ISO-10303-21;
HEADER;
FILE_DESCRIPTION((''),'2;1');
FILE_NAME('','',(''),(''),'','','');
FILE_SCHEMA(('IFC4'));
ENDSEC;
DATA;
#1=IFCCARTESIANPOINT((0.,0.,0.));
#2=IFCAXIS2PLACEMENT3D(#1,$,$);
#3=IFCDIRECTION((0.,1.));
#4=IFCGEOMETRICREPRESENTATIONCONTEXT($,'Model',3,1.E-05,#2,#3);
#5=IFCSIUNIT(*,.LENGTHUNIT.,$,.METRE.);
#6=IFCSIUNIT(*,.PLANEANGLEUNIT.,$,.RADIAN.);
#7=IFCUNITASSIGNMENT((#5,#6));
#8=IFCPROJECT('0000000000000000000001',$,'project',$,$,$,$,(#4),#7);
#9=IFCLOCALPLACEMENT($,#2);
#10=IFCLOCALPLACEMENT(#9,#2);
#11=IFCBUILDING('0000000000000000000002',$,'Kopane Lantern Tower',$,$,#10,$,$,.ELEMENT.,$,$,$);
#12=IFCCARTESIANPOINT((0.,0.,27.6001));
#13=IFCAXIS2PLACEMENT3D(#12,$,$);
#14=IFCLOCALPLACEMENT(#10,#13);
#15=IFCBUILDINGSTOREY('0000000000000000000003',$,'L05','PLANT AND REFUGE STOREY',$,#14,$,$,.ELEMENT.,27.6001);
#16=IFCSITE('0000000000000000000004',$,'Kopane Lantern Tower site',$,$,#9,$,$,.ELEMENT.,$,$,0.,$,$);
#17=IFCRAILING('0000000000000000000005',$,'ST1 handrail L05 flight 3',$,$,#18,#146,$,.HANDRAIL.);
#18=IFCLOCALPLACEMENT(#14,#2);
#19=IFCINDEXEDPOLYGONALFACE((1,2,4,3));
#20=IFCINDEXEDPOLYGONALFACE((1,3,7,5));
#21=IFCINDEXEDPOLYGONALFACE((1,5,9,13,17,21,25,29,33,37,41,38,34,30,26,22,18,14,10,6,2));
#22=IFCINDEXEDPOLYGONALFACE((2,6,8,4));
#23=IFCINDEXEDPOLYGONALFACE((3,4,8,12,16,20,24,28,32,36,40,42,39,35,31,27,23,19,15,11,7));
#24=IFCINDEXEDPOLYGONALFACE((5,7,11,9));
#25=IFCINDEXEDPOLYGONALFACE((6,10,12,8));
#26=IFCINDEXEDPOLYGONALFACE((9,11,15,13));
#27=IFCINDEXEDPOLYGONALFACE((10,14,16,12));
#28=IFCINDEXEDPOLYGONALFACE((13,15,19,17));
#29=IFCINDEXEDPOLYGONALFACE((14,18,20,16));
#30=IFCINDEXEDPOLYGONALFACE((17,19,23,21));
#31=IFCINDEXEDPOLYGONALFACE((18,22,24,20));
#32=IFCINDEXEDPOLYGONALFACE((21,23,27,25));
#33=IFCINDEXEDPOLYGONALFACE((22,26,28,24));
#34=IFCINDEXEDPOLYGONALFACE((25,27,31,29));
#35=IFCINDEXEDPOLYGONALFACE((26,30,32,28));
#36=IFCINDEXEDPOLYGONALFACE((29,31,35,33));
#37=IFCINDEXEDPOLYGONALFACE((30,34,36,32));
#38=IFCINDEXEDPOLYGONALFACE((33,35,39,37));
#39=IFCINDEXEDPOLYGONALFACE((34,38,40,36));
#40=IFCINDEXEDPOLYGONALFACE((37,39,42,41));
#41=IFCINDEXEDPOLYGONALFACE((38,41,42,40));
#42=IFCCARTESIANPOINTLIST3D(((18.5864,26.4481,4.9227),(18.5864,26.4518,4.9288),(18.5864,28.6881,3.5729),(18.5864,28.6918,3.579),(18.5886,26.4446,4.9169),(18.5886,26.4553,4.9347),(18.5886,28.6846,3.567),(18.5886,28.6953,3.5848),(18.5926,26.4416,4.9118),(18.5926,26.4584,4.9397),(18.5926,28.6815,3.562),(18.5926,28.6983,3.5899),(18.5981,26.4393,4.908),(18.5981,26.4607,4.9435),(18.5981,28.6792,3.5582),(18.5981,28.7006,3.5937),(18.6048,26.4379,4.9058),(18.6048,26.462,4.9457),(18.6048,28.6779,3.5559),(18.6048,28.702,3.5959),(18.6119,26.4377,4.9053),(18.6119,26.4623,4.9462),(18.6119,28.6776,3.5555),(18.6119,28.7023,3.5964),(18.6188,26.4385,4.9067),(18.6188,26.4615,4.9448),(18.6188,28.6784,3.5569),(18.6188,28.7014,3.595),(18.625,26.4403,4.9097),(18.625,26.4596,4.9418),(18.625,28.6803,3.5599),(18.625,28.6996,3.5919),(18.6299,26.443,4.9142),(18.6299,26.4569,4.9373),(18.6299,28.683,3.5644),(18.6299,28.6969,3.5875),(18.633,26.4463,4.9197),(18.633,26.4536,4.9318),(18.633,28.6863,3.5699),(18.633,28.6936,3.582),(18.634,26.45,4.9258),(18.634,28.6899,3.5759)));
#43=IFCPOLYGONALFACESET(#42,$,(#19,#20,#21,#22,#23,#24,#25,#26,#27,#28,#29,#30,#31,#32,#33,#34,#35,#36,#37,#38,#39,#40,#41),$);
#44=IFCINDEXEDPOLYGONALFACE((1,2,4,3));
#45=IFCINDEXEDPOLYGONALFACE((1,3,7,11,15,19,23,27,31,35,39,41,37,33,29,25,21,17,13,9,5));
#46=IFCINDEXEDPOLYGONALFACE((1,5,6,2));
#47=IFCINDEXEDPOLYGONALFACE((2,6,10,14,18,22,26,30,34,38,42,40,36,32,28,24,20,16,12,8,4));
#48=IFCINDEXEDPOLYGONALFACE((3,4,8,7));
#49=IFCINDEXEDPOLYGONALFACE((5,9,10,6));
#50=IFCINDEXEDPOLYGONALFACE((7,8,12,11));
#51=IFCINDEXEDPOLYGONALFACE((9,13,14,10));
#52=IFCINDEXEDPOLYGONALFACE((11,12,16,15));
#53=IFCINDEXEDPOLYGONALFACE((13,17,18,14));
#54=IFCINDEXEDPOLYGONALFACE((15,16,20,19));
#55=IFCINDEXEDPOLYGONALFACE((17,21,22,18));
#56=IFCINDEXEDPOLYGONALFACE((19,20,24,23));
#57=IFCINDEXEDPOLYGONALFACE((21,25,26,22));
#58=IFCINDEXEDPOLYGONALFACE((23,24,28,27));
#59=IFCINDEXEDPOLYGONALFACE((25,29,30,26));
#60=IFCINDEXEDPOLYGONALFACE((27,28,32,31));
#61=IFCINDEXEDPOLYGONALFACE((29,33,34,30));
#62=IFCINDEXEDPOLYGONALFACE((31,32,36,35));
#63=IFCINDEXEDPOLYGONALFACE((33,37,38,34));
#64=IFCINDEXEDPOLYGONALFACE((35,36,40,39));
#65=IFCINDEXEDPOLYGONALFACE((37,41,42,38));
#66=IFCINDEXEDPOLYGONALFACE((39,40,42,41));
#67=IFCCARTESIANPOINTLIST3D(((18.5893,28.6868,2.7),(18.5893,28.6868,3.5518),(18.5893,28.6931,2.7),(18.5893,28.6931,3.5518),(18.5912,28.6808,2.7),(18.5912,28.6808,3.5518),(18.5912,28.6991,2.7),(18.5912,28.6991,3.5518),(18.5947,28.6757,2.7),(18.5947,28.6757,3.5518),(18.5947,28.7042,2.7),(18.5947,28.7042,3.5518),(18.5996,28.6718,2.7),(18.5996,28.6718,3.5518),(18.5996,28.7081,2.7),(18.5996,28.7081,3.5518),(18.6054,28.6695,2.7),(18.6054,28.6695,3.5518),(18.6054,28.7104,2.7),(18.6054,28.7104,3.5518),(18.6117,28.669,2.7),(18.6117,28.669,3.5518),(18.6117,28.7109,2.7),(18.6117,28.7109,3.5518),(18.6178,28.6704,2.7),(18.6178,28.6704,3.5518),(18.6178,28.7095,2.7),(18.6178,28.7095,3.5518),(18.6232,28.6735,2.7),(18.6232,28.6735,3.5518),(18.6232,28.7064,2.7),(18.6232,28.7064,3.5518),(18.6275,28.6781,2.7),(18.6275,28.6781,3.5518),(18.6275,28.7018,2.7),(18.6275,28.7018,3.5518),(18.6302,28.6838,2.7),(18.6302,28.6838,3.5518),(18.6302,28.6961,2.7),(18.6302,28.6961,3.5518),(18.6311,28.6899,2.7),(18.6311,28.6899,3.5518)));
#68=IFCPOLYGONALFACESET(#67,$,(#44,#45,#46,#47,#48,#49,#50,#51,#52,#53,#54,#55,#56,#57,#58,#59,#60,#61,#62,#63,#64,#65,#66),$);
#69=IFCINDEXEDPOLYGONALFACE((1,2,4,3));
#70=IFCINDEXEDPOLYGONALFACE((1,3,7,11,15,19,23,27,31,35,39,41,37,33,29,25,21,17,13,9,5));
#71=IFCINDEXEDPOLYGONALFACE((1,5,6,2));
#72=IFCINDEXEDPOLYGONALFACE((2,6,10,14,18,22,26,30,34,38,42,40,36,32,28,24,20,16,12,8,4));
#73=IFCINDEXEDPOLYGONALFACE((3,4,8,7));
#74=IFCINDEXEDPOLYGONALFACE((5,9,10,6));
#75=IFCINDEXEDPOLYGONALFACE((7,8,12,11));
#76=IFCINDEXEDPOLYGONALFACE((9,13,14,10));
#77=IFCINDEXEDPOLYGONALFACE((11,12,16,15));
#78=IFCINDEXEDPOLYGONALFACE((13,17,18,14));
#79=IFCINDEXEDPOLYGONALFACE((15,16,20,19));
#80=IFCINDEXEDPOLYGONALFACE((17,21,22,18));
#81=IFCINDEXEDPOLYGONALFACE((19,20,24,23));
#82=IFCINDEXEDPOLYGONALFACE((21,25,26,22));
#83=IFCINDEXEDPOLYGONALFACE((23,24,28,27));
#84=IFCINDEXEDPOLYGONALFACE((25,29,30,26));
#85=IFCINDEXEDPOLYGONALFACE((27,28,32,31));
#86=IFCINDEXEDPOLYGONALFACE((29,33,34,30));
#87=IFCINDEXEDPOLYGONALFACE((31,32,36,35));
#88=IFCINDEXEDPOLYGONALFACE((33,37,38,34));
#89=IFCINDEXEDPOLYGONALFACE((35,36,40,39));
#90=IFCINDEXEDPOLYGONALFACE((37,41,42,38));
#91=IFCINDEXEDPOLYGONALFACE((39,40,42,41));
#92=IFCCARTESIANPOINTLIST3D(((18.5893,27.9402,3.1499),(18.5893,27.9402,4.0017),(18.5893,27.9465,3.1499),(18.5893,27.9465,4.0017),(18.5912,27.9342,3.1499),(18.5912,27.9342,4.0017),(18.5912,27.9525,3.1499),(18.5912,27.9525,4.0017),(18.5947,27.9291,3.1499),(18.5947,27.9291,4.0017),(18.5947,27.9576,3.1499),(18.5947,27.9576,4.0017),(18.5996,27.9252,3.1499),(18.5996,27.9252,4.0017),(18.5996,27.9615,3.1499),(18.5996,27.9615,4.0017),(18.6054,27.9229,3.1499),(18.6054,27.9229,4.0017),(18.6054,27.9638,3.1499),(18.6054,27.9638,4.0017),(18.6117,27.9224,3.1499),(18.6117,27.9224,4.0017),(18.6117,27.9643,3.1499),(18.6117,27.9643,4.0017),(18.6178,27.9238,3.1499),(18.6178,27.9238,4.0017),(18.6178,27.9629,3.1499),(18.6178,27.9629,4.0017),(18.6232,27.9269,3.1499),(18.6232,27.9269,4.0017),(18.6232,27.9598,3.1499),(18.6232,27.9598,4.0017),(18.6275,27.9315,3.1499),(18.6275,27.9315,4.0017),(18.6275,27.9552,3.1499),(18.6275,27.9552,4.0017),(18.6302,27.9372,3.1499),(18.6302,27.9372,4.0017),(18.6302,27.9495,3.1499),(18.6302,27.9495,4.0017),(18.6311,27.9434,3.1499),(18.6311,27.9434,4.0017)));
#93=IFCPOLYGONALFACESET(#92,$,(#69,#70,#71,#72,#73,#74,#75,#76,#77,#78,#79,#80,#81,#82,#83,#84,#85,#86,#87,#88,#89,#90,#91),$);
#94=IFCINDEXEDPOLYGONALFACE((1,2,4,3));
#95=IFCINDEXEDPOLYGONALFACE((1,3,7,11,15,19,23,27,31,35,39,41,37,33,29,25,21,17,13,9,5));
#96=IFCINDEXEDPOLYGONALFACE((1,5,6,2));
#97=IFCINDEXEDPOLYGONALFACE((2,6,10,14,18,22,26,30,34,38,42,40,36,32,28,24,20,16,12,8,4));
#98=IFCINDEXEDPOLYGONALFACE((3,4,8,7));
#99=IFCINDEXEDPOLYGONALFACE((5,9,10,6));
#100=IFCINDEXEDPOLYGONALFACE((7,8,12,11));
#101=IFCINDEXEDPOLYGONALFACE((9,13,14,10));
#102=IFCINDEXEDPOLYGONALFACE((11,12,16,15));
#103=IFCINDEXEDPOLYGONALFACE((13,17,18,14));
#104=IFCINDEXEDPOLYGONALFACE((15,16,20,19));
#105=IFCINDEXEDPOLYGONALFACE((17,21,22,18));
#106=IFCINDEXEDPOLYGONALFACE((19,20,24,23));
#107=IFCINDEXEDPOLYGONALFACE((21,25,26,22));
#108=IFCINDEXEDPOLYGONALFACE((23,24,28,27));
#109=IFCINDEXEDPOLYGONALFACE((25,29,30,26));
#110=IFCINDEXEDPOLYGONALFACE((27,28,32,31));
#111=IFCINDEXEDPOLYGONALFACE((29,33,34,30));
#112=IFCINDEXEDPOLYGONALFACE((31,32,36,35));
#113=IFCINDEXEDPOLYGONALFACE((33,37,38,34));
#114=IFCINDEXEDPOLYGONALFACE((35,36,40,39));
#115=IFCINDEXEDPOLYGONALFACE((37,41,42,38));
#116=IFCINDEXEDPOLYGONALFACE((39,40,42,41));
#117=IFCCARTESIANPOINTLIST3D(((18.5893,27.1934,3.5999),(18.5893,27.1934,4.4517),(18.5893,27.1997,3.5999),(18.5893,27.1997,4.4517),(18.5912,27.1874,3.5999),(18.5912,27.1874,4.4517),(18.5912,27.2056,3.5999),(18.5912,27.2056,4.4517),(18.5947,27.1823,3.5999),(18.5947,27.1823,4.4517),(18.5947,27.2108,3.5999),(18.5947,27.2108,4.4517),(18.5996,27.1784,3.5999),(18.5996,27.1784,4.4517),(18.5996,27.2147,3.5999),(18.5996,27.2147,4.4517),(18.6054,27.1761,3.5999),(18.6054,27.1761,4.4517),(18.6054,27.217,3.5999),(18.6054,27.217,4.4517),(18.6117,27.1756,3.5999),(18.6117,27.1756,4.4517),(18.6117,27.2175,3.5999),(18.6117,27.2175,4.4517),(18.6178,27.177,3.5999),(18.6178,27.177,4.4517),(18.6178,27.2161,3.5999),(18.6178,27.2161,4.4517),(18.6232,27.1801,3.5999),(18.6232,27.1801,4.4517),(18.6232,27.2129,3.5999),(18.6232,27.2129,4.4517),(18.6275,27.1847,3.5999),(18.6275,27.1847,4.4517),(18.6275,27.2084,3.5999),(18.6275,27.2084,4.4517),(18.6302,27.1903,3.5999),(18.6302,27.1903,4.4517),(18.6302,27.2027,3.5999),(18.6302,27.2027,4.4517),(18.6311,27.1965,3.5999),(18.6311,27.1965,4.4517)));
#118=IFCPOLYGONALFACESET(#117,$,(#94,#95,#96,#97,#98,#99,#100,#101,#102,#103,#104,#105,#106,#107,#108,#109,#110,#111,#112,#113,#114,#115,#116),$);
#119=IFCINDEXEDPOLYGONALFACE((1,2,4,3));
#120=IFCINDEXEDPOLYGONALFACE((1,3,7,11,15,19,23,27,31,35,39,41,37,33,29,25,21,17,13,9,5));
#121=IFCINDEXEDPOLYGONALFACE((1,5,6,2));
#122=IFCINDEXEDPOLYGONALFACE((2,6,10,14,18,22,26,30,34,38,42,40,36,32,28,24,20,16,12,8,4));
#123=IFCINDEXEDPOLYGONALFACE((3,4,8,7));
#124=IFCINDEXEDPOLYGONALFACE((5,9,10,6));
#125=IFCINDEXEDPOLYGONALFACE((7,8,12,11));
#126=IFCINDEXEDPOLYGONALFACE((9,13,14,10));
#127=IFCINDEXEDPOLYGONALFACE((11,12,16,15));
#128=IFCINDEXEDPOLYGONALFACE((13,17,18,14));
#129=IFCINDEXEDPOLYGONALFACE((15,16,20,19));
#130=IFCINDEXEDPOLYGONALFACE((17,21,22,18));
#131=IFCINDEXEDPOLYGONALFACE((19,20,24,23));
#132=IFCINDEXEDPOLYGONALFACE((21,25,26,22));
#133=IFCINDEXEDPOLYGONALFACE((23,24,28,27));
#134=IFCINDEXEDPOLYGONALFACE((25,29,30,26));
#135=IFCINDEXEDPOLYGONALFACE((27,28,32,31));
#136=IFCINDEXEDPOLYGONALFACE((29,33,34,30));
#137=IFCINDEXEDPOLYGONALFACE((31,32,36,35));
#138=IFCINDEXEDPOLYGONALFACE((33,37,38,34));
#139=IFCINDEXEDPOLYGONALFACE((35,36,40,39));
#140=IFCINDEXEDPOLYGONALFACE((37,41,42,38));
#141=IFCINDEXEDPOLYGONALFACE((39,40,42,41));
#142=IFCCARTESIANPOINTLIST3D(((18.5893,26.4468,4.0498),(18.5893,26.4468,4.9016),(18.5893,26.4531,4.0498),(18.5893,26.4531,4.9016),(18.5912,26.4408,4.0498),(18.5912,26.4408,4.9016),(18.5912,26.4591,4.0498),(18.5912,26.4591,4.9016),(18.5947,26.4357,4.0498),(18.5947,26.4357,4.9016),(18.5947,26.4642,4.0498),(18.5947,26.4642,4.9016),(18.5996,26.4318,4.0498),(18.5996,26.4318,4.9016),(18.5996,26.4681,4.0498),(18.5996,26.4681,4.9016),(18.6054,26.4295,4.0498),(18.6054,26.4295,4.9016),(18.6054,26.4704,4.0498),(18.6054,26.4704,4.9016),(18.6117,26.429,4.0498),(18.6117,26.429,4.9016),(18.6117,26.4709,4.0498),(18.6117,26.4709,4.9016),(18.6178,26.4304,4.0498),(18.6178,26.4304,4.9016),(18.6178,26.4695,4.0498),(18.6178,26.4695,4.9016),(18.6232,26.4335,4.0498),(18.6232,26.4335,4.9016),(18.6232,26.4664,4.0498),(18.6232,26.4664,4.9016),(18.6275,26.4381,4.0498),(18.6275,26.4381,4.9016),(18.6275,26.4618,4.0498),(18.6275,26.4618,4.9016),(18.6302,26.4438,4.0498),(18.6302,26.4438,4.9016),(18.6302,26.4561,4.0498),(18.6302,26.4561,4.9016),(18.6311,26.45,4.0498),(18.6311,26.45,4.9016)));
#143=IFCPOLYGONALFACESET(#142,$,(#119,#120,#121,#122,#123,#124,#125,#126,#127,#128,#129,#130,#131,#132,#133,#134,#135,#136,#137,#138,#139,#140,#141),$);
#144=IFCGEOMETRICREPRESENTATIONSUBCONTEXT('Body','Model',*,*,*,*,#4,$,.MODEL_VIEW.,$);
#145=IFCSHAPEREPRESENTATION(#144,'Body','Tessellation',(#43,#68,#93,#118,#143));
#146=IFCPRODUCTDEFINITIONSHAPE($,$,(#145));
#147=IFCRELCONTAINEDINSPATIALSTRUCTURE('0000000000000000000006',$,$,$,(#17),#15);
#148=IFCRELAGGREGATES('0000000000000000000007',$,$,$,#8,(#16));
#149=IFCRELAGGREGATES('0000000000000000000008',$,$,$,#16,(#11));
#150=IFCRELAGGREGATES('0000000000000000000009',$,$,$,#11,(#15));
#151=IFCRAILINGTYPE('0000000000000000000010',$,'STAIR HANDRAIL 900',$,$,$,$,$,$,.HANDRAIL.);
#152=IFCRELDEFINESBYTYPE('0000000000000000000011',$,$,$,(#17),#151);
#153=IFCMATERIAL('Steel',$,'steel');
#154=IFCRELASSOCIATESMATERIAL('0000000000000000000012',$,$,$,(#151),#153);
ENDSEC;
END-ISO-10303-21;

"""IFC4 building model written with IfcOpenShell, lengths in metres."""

from ifc_helpers import new_model, si_unit, direction, frame, origin, origin_2d, place, context, subcontext, project, spatial, circle, extrude, material, type_object, element, save


model = new_model("IFC4")

# Units and contexts
model_context = context("Model", 3, precision=1e-05, world=origin(), true_north=direction((0.0, 1.0)))
body_context = subcontext(model_context, "Body", "Model", "MODEL_VIEW")
ifc_project = project(units=[si_unit("LENGTHUNIT", "METRE"), si_unit("PLANEANGLEUNIT", "RADIAN")], contexts=[model_context])

# Site, building, storey
site_placement = place(None, origin())
site = spatial("IfcSite", under=ifc_project, at=site_placement, Name="Kopane Lantern Tower site", CompositionType="ELEMENT", RefElevation=0.0)
building_placement = place(site_placement, origin())
building = spatial("IfcBuilding", under=site, at=building_placement, Name="Kopane Lantern Tower", CompositionType="ELEMENT")
storey_placement = place(building_placement, frame((0.0, 0.0, 27.6001)))
storey = spatial("IfcBuildingStorey", under=building, at=storey_placement, Name="L05", Description="PLANT AND REFUGE STOREY", CompositionType="ELEMENT", Elevation=27.6001)

# Railing
ifc_material_1 = material(Name="Steel", Category="steel")
railing_type_1 = type_object("IfcRailingType", Name="STAIR HANDRAIL 900", PredefinedType="HANDRAIL", material=ifc_material_1)
for number, where, name in (
    (1, (18.6101, 28.6899, 2.7), "ST1 handrail L05 flight 3"),
):
    element("IfcRailing", number, at=place(storey_placement, frame(where)), inside=storey, type_object=railing_type_1, Name=name, PredefinedType="HANDRAIL", context=body_context, shape_type="SweptSolid", body=[
        extrude(circle(Radius=0.0239, at=origin_2d()), frame((0.0, 0.0, 0.876), z_axis=(0.0, -0.856503, 0.516142), x_axis=(1.0, 0.0, 0.0)), (0.0, 0.0, 1.0), 2.6152),
        extrude(circle(Radius=0.021, at=origin_2d()), origin(), (0.0, 0.0, 1.0), 0.8518),
        extrude(circle(Radius=0.021, at=origin_2d()), frame((0.0, -0.7466, 0.45)), (0.0, 0.0, 1.0), 0.8518),
        extrude(circle(Radius=0.021, at=origin_2d()), frame((0.0, -1.4934, 0.8999)), (0.0, 0.0, 1.0), 0.8518),
        extrude(circle(Radius=0.021, at=origin_2d()), frame((0.0, -2.24, 1.3499)), (0.0, 0.0, 1.0), 0.8518),
    ])

save(model, "model.ifc")
